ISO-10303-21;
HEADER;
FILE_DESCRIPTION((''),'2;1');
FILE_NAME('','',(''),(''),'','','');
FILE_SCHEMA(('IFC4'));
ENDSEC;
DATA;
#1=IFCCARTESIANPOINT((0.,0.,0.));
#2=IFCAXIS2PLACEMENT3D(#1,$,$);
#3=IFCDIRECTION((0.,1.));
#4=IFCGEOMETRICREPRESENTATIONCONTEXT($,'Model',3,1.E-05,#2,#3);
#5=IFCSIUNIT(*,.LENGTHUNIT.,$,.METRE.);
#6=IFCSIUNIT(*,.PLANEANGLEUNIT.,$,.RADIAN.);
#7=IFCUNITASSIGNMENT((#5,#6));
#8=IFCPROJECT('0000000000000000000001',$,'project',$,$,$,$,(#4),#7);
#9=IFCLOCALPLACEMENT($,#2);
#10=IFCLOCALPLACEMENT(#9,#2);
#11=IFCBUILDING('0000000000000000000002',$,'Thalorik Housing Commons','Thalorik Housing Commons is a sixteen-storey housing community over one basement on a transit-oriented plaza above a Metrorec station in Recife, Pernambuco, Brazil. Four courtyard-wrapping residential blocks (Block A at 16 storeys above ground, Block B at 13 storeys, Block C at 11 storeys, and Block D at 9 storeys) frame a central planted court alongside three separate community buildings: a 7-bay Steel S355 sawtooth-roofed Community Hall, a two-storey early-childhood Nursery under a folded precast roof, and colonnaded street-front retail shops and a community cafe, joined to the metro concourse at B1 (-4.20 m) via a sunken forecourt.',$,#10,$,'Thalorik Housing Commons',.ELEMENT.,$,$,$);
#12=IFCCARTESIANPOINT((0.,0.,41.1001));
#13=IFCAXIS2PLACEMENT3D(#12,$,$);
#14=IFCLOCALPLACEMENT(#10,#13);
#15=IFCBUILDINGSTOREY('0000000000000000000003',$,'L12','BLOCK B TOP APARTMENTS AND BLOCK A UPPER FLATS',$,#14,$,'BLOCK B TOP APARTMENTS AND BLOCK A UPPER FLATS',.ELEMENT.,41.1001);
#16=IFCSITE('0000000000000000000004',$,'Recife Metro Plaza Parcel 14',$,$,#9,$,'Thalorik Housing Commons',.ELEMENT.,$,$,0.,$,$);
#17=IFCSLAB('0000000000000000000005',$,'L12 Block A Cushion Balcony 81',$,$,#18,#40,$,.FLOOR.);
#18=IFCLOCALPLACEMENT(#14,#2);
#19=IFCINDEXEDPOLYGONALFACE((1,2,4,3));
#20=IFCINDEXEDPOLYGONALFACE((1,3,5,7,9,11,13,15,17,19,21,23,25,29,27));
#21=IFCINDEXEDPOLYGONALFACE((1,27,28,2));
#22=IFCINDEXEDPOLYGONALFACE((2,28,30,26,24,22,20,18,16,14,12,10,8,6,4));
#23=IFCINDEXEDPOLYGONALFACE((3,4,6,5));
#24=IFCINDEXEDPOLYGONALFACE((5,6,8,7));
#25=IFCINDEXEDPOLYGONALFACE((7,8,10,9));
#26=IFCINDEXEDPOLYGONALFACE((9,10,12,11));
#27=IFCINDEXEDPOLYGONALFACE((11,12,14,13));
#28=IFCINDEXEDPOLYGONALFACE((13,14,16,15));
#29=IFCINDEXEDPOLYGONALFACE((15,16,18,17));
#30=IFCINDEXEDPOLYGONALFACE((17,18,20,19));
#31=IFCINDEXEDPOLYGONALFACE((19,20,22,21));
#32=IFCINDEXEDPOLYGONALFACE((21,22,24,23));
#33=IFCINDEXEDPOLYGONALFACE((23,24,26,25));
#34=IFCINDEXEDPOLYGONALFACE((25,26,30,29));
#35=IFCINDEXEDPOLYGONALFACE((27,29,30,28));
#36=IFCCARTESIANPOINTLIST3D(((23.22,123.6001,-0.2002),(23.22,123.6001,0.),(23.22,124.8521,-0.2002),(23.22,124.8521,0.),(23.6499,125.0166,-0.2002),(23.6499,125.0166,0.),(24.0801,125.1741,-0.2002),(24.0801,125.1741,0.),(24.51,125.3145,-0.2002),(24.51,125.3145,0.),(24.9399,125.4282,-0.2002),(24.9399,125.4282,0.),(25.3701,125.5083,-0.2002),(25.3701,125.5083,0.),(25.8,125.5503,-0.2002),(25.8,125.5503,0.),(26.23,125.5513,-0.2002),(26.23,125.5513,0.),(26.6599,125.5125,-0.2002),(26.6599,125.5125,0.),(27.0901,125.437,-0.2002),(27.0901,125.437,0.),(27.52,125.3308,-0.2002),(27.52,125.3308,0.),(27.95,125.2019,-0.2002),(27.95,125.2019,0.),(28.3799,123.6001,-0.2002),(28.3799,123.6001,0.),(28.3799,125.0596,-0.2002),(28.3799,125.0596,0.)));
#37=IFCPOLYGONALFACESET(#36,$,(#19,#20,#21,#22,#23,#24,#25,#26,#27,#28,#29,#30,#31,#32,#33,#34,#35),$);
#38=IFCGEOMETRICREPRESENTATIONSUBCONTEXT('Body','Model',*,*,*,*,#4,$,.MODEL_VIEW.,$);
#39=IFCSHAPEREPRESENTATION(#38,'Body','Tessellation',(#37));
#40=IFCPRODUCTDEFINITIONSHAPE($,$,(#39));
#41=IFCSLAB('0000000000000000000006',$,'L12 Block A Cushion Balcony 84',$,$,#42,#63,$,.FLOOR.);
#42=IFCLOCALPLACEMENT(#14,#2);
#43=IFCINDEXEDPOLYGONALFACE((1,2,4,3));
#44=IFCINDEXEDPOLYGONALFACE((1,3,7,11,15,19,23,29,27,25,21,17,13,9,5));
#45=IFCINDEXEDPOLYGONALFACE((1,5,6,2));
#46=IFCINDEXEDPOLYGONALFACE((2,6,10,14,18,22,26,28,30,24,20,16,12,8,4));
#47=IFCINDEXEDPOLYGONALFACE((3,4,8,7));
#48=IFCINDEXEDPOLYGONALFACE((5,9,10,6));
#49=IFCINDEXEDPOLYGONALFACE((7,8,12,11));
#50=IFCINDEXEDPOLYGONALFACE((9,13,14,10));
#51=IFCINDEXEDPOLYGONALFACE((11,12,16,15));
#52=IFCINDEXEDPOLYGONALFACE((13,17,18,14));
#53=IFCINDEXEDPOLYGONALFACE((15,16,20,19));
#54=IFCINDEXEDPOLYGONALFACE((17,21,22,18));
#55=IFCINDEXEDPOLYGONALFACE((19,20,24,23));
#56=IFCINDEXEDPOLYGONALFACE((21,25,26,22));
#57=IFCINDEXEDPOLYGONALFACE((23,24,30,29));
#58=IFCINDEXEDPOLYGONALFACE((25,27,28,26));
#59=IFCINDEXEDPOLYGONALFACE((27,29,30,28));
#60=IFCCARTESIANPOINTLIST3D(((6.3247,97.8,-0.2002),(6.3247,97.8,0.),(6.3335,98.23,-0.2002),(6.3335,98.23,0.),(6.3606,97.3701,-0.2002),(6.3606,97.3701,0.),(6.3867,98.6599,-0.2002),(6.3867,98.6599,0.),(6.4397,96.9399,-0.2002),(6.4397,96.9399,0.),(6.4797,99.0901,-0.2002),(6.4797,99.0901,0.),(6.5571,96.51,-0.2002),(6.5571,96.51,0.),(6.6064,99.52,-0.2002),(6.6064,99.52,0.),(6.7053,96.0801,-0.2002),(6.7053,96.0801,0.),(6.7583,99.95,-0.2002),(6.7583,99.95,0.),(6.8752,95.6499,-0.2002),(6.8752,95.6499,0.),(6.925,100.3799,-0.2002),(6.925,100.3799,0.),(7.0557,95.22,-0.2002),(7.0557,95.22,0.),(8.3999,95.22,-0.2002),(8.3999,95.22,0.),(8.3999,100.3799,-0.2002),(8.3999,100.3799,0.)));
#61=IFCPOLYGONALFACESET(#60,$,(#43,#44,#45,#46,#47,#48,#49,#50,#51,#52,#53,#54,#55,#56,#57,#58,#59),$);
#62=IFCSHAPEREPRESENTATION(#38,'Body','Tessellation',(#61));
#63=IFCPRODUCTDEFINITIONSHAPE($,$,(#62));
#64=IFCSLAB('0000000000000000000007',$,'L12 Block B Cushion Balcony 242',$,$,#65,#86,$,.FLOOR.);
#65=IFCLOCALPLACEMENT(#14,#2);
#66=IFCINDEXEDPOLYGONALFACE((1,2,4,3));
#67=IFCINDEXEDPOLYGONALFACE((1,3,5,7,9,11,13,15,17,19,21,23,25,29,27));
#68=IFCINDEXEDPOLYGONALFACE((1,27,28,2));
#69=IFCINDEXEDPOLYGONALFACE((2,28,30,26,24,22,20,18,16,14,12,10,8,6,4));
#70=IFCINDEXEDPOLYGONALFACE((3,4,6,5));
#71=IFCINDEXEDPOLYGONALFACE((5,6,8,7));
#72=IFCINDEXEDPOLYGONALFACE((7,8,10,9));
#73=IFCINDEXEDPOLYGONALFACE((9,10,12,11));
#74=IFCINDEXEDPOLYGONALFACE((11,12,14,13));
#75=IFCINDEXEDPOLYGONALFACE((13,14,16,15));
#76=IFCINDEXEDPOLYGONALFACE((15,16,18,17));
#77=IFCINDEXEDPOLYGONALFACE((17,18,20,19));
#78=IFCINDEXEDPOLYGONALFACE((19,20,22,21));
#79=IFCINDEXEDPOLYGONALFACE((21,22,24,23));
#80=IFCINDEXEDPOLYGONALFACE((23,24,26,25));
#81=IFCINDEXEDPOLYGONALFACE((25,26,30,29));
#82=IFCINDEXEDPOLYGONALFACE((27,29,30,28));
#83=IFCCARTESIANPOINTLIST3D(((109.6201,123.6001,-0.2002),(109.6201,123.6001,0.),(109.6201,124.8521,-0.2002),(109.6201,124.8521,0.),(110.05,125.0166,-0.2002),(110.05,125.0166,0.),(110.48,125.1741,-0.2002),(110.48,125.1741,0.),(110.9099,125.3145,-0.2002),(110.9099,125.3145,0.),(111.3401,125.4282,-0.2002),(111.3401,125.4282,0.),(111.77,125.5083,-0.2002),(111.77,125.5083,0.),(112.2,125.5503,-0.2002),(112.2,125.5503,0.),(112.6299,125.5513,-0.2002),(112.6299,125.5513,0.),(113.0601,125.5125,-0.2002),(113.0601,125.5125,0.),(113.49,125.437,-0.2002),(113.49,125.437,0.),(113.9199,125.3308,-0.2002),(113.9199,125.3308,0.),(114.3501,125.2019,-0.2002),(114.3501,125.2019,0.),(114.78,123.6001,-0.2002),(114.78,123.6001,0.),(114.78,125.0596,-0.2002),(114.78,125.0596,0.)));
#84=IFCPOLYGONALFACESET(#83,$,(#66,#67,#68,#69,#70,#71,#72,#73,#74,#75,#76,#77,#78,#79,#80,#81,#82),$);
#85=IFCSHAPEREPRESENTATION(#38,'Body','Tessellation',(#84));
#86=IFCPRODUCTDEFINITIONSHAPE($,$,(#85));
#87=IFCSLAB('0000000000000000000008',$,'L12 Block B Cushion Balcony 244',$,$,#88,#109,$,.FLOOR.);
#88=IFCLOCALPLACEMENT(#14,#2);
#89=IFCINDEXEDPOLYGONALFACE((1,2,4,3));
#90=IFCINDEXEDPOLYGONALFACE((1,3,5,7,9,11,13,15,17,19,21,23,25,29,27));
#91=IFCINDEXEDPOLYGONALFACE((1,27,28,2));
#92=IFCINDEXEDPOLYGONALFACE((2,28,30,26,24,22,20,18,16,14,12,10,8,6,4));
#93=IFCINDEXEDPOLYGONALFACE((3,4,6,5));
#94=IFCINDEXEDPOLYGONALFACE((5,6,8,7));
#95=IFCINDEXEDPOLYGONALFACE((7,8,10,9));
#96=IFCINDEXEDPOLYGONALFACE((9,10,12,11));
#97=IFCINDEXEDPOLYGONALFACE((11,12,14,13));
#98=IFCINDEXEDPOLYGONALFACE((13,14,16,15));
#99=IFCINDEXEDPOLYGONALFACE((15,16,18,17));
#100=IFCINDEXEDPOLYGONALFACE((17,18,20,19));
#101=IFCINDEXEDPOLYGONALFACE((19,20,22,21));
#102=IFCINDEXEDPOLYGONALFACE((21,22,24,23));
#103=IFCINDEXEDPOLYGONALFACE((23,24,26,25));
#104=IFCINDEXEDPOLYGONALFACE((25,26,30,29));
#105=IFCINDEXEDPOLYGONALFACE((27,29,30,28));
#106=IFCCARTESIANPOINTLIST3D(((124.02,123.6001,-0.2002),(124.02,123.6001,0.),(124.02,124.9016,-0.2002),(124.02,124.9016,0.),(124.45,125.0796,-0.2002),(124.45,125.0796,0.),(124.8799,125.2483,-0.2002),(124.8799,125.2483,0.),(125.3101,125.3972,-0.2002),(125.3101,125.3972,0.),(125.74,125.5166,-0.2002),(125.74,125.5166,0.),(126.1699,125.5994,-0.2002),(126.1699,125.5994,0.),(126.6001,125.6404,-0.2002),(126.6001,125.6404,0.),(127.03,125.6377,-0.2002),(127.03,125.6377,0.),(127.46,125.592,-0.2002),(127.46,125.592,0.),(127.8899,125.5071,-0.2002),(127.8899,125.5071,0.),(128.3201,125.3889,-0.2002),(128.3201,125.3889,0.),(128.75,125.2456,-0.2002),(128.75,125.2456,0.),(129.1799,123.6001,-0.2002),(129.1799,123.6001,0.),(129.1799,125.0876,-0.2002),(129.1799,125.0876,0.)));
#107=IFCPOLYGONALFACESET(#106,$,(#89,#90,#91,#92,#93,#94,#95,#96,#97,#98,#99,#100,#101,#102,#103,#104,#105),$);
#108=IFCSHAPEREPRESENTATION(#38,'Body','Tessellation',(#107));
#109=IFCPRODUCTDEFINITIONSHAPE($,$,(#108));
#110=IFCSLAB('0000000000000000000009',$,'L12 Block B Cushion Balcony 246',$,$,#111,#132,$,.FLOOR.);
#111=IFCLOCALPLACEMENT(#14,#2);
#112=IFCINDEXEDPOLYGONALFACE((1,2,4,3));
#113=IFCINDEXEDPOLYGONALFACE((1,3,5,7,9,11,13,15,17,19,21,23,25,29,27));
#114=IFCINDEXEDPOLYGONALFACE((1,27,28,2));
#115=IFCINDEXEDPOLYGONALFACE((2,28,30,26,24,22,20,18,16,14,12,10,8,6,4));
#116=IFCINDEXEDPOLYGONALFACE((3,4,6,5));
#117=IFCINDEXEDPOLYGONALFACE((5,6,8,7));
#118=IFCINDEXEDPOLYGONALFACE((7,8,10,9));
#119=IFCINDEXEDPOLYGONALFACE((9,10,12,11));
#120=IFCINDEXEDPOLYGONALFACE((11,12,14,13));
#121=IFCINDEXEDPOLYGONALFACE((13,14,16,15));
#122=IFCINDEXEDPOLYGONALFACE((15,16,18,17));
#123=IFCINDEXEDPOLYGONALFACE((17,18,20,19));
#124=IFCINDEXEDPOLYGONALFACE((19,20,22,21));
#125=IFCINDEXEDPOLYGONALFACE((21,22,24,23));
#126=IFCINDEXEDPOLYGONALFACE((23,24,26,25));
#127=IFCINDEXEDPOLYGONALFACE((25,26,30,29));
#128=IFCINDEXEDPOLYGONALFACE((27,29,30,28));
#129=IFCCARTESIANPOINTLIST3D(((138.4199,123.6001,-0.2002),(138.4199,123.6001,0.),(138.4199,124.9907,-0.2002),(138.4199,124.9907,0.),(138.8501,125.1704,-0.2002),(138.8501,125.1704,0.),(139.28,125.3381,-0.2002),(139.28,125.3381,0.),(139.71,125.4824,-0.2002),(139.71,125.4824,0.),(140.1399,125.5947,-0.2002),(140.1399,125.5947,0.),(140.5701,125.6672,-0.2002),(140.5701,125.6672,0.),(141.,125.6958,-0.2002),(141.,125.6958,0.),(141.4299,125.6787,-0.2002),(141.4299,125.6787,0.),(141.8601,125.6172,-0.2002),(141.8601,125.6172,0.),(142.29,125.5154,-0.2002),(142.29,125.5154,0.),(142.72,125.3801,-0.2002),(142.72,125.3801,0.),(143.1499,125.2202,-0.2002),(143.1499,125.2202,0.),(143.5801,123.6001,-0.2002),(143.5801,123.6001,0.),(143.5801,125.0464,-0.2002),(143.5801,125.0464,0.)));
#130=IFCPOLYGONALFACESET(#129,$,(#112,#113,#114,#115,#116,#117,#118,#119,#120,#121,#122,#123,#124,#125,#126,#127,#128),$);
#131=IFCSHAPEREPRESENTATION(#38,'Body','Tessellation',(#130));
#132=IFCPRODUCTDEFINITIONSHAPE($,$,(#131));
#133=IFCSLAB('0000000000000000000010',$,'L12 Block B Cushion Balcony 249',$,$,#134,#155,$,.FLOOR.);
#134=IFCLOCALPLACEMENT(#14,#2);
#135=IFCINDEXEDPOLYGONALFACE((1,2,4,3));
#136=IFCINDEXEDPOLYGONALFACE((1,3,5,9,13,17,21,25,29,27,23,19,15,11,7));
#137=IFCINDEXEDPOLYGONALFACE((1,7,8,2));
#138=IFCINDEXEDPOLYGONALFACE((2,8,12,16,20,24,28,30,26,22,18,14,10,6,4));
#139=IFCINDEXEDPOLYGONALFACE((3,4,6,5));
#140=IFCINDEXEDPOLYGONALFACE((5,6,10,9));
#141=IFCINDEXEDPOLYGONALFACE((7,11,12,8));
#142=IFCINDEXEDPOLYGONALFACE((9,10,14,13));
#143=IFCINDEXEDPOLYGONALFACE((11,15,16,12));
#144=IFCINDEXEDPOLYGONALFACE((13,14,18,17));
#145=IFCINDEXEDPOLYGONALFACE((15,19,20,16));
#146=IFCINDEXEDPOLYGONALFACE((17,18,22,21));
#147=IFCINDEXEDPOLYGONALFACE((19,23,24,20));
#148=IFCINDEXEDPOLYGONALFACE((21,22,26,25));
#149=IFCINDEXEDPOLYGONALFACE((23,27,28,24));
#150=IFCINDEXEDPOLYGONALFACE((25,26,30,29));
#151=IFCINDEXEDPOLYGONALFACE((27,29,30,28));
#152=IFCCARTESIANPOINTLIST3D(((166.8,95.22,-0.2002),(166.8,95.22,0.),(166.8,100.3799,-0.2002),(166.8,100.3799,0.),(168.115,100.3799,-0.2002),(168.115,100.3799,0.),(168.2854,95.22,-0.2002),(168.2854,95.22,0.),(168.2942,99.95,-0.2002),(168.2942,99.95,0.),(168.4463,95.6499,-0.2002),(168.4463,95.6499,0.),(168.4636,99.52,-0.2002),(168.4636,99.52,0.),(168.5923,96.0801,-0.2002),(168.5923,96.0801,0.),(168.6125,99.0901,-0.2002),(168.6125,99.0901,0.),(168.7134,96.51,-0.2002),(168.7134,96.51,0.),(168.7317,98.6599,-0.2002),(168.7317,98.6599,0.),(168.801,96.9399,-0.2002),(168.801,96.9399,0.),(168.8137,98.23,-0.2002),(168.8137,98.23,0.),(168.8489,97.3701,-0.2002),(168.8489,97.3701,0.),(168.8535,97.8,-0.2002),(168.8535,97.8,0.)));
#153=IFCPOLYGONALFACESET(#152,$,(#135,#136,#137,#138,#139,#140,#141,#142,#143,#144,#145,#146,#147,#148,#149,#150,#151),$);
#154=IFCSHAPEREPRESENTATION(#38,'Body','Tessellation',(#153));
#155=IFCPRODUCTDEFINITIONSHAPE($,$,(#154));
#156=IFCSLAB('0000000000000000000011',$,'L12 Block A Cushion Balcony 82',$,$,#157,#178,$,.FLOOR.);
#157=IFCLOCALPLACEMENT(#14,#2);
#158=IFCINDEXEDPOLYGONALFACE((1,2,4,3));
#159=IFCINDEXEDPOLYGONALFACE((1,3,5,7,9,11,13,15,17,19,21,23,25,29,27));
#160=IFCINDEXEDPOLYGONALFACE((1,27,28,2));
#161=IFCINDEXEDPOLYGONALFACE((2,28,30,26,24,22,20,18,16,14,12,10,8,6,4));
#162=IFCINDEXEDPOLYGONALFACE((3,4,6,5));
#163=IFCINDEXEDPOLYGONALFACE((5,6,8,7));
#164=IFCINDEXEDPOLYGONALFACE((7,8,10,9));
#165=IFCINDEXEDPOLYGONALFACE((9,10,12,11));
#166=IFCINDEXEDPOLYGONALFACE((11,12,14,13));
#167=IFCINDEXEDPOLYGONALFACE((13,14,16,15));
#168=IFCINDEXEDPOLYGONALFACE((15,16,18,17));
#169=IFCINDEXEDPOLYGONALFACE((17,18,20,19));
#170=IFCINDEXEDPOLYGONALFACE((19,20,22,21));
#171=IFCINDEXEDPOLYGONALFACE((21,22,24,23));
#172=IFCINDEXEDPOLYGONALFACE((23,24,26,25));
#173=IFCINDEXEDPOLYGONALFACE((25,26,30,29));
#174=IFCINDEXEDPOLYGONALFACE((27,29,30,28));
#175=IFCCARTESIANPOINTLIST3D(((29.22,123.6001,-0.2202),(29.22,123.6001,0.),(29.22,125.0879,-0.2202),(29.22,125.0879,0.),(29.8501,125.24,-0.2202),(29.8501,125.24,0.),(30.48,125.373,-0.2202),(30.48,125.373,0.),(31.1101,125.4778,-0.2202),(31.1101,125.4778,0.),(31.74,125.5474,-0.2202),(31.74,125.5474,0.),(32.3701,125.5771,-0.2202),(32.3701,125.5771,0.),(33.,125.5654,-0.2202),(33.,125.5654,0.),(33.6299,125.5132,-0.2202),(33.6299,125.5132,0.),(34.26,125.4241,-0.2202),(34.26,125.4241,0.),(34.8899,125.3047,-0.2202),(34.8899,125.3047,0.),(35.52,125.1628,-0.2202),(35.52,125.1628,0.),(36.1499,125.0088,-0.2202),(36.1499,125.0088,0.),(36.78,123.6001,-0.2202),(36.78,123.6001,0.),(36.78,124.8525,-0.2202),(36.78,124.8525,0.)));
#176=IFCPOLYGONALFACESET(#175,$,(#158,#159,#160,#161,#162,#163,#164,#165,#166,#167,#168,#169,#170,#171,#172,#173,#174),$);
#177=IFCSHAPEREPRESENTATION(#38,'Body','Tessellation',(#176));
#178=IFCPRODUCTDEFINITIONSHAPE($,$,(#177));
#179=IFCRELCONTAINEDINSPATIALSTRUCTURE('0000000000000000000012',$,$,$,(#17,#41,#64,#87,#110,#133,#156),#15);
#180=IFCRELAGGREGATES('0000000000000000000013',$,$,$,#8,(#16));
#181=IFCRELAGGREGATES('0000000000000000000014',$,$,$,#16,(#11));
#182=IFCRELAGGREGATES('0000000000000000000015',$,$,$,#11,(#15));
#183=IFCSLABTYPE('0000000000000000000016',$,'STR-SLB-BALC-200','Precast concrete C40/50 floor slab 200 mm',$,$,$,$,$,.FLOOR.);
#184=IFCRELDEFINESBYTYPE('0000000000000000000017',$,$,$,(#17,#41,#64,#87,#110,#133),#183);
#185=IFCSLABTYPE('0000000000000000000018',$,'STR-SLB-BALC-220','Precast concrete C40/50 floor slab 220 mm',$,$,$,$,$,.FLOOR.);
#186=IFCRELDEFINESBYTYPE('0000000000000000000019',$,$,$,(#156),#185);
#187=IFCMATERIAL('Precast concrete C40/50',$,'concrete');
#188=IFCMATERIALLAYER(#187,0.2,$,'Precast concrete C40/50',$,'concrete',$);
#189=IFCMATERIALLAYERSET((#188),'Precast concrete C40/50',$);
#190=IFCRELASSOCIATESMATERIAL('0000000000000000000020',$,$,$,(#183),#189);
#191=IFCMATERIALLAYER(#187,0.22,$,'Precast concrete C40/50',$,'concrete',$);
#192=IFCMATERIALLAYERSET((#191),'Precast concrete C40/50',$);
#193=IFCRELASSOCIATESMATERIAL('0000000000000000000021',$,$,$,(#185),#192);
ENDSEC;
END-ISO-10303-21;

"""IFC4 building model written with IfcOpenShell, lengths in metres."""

from ifc_helpers import new_model, si_unit, direction, frame, origin, place, context, subcontext, project, spatial, polyline, outline, extrude, material, layer, layer_set, type_object, element, save


model = new_model("IFC4")

# Units and contexts
model_context = context("Model", 3, precision=1e-05, world=origin(), true_north=direction((0.0, 1.0)))
body_context = subcontext(model_context, "Body", "Model", "MODEL_VIEW")
ifc_project = project(units=[si_unit("LENGTHUNIT", "METRE"), si_unit("PLANEANGLEUNIT", "RADIAN")], contexts=[model_context])

# Site, building, storey
site_placement = place(None, origin())
site = spatial("IfcSite", under=ifc_project, at=site_placement, Name="Recife Metro Plaza Parcel 14", LongName="Thalorik Housing Commons", CompositionType="ELEMENT", RefElevation=0.0)
building_placement = place(site_placement, origin())
building = spatial("IfcBuilding", under=site, at=building_placement, Name="Thalorik Housing Commons", Description="Thalorik Housing Commons is a sixteen-storey housing community over one basement on a transit-oriented plaza above a Metrorec station in Recife, Pernambuco, Brazil. Four courtyard-wrapping residential blocks (Block A at 16 storeys above ground, Block B at 13 storeys, Block C at 11 storeys, and Block D at 9 storeys) frame a central planted court alongside three separate community buildings: a 7-bay Steel S355 sawtooth-roofed Community Hall, a two-storey early-childhood Nursery under a folded precast roof, and colonnaded street-front retail shops and a community cafe, joined to the metro concourse at B1 (-4.20 m) via a sunken forecourt.", LongName="Thalorik Housing Commons", CompositionType="ELEMENT")
storey_placement = place(building_placement, frame((0.0, 0.0, 41.1001)))
storey = spatial("IfcBuildingStorey", under=building, at=storey_placement, Name="L12", Description="BLOCK B TOP APARTMENTS AND BLOCK A UPPER FLATS", LongName="BLOCK B TOP APARTMENTS AND BLOCK A UPPER FLATS", CompositionType="ELEMENT", Elevation=41.1001)

# Slabs
ifc_material_1 = material(Name="Precast concrete C40/50", Category="concrete")
ifc_layer_1 = layer(ifc_material_1, 0.2, Name="Precast concrete C40/50", Category="concrete")
ifc_layer_set_1 = layer_set([ifc_layer_1], Name="Precast concrete C40/50")
slab_type_1 = type_object("IfcSlabType", Name="STR-SLB-BALC-200", Description="Precast concrete C40/50 floor slab 200 mm", PredefinedType="FLOOR", material=ifc_layer_set_1)
slab_1_placement = place(storey_placement, frame((0.0, 0.0, -0.2002)))
element("IfcSlab", 1, at=slab_1_placement, inside=storey, type_object=slab_type_1, Name="L12 Block A Cushion Balcony 81", PredefinedType="FLOOR", context=body_context, shape_type="SweptSolid", body=[
    extrude(outline(polyline([(23.22, 123.6001), (28.3799, 123.6001), (28.3799, 125.0596), (27.95, 125.2019), (27.52, 125.3308), (27.0901, 125.437), (26.6599, 125.5125), (26.23, 125.5513), (25.8, 125.5503), (25.3701, 125.5083), (24.9399, 125.4282), (24.51, 125.3145), (24.0801, 125.1741), (23.6499, 125.0166), (23.22, 124.8521), (23.22, 123.6001)])), origin(), (0.0, 0.0, 1.0), 0.2002),
])
slab_2_placement = place(storey_placement, frame((0.0, 0.0, -0.2002)))
element("IfcSlab", 2, at=slab_2_placement, inside=storey, type_object=slab_type_1, Name="L12 Block A Cushion Balcony 84", PredefinedType="FLOOR", context=body_context, shape_type="SweptSolid", body=[
    extrude(outline(polyline([(8.3999, 95.22), (8.3999, 100.3799), (6.925, 100.3799), (6.7583, 99.95), (6.6064, 99.52), (6.4797, 99.0901), (6.3867, 98.6599), (6.3335, 98.23), (6.3247, 97.8), (6.3606, 97.3701), (6.4397, 96.9399), (6.5571, 96.51), (6.7053, 96.0801), (6.8752, 95.6499), (7.0557, 95.22), (8.3999, 95.22)])), origin(), (0.0, 0.0, 1.0), 0.2002),
])
slab_3_placement = place(storey_placement, frame((0.0, 0.0, -0.2002)))
element("IfcSlab", 3, at=slab_3_placement, inside=storey, type_object=slab_type_1, Name="L12 Block B Cushion Balcony 242", PredefinedType="FLOOR", context=body_context, shape_type="SweptSolid", body=[
    extrude(outline(polyline([(109.6201, 123.6001), (114.78, 123.6001), (114.78, 125.0596), (114.3501, 125.2019), (113.9199, 125.3308), (113.49, 125.437), (113.0601, 125.5125), (112.6299, 125.5513), (112.2, 125.5503), (111.77, 125.5083), (111.3401, 125.4282), (110.9099, 125.3145), (110.48, 125.1741), (110.05, 125.0166), (109.6201, 124.8521), (109.6201, 123.6001)])), origin(), (0.0, 0.0, 1.0), 0.2002),
])
slab_4_placement = place(storey_placement, frame((0.0, 0.0, -0.2002)))
element("IfcSlab", 4, at=slab_4_placement, inside=storey, type_object=slab_type_1, Name="L12 Block B Cushion Balcony 244", PredefinedType="FLOOR", context=body_context, shape_type="SweptSolid", body=[
    extrude(outline(polyline([(124.02, 123.6001), (129.1799, 123.6001), (129.1799, 125.0876), (128.75, 125.2456), (128.3201, 125.3889), (127.8899, 125.5071), (127.46, 125.592), (127.03, 125.6377), (126.6001, 125.6404), (126.1699, 125.5994), (125.74, 125.5166), (125.3101, 125.3972), (124.8799, 125.2483), (124.45, 125.0796), (124.02, 124.9016), (124.02, 123.6001)])), origin(), (0.0, 0.0, 1.0), 0.2002),
])
slab_5_placement = place(storey_placement, frame((0.0, 0.0, -0.2002)))
element("IfcSlab", 5, at=slab_5_placement, inside=storey, type_object=slab_type_1, Name="L12 Block B Cushion Balcony 246", PredefinedType="FLOOR", context=body_context, shape_type="SweptSolid", body=[
    extrude(outline(polyline([(138.4199, 123.6001), (143.5801, 123.6001), (143.5801, 125.0464), (143.1499, 125.2202), (142.72, 125.3801), (142.29, 125.5154), (141.8601, 125.6172), (141.4299, 125.6787), (141.0, 125.6958), (140.5701, 125.6672), (140.1399, 125.5947), (139.71, 125.4824), (139.28, 125.3381), (138.8501, 125.1704), (138.4199, 124.9907), (138.4199, 123.6001)])), origin(), (0.0, 0.0, 1.0), 0.2002),
])
slab_6_placement = place(storey_placement, frame((0.0, 0.0, -0.2002)))
element("IfcSlab", 6, at=slab_6_placement, inside=storey, type_object=slab_type_1, Name="L12 Block B Cushion Balcony 249", PredefinedType="FLOOR", context=body_context, shape_type="SweptSolid", body=[
    extrude(outline(polyline([(168.2854, 95.22), (168.4463, 95.6499), (168.5923, 96.0801), (168.7134, 96.51), (168.801, 96.9399), (168.8489, 97.3701), (168.8535, 97.8), (168.8137, 98.23), (168.7317, 98.6599), (168.6125, 99.0901), (168.4636, 99.52), (168.2942, 99.95), (168.115, 100.3799), (166.8, 100.3799), (166.8, 95.22), (168.2854, 95.22)])), origin(), (0.0, 0.0, 1.0), 0.2002),
])
ifc_layer_2 = layer(ifc_material_1, 0.22, Name="Precast concrete C40/50", Category="concrete")
ifc_layer_set_2 = layer_set([ifc_layer_2], Name="Precast concrete C40/50")
slab_type_2 = type_object("IfcSlabType", Name="STR-SLB-BALC-220", Description="Precast concrete C40/50 floor slab 220 mm", PredefinedType="FLOOR", material=ifc_layer_set_2)
slab_7_placement = place(storey_placement, frame((0.0, 0.0, -0.2202)))
element("IfcSlab", 7, at=slab_7_placement, inside=storey, type_object=slab_type_2, Name="L12 Block A Cushion Balcony 82", PredefinedType="FLOOR", context=body_context, shape_type="SweptSolid", body=[
    extrude(outline(polyline([(29.22, 123.6001), (36.78, 123.6001), (36.78, 124.8525), (36.1499, 125.0088), (35.52, 125.1628), (34.8899, 125.3047), (34.26, 125.4241), (33.6299, 125.5132), (33.0, 125.5654), (32.3701, 125.5771), (31.74, 125.5474), (31.1101, 125.4778), (30.48, 125.373), (29.8501, 125.24), (29.22, 125.0879), (29.22, 123.6001)])), origin(), (0.0, 0.0, 1.0), 0.2202),
])

save(model, "model.ifc")
